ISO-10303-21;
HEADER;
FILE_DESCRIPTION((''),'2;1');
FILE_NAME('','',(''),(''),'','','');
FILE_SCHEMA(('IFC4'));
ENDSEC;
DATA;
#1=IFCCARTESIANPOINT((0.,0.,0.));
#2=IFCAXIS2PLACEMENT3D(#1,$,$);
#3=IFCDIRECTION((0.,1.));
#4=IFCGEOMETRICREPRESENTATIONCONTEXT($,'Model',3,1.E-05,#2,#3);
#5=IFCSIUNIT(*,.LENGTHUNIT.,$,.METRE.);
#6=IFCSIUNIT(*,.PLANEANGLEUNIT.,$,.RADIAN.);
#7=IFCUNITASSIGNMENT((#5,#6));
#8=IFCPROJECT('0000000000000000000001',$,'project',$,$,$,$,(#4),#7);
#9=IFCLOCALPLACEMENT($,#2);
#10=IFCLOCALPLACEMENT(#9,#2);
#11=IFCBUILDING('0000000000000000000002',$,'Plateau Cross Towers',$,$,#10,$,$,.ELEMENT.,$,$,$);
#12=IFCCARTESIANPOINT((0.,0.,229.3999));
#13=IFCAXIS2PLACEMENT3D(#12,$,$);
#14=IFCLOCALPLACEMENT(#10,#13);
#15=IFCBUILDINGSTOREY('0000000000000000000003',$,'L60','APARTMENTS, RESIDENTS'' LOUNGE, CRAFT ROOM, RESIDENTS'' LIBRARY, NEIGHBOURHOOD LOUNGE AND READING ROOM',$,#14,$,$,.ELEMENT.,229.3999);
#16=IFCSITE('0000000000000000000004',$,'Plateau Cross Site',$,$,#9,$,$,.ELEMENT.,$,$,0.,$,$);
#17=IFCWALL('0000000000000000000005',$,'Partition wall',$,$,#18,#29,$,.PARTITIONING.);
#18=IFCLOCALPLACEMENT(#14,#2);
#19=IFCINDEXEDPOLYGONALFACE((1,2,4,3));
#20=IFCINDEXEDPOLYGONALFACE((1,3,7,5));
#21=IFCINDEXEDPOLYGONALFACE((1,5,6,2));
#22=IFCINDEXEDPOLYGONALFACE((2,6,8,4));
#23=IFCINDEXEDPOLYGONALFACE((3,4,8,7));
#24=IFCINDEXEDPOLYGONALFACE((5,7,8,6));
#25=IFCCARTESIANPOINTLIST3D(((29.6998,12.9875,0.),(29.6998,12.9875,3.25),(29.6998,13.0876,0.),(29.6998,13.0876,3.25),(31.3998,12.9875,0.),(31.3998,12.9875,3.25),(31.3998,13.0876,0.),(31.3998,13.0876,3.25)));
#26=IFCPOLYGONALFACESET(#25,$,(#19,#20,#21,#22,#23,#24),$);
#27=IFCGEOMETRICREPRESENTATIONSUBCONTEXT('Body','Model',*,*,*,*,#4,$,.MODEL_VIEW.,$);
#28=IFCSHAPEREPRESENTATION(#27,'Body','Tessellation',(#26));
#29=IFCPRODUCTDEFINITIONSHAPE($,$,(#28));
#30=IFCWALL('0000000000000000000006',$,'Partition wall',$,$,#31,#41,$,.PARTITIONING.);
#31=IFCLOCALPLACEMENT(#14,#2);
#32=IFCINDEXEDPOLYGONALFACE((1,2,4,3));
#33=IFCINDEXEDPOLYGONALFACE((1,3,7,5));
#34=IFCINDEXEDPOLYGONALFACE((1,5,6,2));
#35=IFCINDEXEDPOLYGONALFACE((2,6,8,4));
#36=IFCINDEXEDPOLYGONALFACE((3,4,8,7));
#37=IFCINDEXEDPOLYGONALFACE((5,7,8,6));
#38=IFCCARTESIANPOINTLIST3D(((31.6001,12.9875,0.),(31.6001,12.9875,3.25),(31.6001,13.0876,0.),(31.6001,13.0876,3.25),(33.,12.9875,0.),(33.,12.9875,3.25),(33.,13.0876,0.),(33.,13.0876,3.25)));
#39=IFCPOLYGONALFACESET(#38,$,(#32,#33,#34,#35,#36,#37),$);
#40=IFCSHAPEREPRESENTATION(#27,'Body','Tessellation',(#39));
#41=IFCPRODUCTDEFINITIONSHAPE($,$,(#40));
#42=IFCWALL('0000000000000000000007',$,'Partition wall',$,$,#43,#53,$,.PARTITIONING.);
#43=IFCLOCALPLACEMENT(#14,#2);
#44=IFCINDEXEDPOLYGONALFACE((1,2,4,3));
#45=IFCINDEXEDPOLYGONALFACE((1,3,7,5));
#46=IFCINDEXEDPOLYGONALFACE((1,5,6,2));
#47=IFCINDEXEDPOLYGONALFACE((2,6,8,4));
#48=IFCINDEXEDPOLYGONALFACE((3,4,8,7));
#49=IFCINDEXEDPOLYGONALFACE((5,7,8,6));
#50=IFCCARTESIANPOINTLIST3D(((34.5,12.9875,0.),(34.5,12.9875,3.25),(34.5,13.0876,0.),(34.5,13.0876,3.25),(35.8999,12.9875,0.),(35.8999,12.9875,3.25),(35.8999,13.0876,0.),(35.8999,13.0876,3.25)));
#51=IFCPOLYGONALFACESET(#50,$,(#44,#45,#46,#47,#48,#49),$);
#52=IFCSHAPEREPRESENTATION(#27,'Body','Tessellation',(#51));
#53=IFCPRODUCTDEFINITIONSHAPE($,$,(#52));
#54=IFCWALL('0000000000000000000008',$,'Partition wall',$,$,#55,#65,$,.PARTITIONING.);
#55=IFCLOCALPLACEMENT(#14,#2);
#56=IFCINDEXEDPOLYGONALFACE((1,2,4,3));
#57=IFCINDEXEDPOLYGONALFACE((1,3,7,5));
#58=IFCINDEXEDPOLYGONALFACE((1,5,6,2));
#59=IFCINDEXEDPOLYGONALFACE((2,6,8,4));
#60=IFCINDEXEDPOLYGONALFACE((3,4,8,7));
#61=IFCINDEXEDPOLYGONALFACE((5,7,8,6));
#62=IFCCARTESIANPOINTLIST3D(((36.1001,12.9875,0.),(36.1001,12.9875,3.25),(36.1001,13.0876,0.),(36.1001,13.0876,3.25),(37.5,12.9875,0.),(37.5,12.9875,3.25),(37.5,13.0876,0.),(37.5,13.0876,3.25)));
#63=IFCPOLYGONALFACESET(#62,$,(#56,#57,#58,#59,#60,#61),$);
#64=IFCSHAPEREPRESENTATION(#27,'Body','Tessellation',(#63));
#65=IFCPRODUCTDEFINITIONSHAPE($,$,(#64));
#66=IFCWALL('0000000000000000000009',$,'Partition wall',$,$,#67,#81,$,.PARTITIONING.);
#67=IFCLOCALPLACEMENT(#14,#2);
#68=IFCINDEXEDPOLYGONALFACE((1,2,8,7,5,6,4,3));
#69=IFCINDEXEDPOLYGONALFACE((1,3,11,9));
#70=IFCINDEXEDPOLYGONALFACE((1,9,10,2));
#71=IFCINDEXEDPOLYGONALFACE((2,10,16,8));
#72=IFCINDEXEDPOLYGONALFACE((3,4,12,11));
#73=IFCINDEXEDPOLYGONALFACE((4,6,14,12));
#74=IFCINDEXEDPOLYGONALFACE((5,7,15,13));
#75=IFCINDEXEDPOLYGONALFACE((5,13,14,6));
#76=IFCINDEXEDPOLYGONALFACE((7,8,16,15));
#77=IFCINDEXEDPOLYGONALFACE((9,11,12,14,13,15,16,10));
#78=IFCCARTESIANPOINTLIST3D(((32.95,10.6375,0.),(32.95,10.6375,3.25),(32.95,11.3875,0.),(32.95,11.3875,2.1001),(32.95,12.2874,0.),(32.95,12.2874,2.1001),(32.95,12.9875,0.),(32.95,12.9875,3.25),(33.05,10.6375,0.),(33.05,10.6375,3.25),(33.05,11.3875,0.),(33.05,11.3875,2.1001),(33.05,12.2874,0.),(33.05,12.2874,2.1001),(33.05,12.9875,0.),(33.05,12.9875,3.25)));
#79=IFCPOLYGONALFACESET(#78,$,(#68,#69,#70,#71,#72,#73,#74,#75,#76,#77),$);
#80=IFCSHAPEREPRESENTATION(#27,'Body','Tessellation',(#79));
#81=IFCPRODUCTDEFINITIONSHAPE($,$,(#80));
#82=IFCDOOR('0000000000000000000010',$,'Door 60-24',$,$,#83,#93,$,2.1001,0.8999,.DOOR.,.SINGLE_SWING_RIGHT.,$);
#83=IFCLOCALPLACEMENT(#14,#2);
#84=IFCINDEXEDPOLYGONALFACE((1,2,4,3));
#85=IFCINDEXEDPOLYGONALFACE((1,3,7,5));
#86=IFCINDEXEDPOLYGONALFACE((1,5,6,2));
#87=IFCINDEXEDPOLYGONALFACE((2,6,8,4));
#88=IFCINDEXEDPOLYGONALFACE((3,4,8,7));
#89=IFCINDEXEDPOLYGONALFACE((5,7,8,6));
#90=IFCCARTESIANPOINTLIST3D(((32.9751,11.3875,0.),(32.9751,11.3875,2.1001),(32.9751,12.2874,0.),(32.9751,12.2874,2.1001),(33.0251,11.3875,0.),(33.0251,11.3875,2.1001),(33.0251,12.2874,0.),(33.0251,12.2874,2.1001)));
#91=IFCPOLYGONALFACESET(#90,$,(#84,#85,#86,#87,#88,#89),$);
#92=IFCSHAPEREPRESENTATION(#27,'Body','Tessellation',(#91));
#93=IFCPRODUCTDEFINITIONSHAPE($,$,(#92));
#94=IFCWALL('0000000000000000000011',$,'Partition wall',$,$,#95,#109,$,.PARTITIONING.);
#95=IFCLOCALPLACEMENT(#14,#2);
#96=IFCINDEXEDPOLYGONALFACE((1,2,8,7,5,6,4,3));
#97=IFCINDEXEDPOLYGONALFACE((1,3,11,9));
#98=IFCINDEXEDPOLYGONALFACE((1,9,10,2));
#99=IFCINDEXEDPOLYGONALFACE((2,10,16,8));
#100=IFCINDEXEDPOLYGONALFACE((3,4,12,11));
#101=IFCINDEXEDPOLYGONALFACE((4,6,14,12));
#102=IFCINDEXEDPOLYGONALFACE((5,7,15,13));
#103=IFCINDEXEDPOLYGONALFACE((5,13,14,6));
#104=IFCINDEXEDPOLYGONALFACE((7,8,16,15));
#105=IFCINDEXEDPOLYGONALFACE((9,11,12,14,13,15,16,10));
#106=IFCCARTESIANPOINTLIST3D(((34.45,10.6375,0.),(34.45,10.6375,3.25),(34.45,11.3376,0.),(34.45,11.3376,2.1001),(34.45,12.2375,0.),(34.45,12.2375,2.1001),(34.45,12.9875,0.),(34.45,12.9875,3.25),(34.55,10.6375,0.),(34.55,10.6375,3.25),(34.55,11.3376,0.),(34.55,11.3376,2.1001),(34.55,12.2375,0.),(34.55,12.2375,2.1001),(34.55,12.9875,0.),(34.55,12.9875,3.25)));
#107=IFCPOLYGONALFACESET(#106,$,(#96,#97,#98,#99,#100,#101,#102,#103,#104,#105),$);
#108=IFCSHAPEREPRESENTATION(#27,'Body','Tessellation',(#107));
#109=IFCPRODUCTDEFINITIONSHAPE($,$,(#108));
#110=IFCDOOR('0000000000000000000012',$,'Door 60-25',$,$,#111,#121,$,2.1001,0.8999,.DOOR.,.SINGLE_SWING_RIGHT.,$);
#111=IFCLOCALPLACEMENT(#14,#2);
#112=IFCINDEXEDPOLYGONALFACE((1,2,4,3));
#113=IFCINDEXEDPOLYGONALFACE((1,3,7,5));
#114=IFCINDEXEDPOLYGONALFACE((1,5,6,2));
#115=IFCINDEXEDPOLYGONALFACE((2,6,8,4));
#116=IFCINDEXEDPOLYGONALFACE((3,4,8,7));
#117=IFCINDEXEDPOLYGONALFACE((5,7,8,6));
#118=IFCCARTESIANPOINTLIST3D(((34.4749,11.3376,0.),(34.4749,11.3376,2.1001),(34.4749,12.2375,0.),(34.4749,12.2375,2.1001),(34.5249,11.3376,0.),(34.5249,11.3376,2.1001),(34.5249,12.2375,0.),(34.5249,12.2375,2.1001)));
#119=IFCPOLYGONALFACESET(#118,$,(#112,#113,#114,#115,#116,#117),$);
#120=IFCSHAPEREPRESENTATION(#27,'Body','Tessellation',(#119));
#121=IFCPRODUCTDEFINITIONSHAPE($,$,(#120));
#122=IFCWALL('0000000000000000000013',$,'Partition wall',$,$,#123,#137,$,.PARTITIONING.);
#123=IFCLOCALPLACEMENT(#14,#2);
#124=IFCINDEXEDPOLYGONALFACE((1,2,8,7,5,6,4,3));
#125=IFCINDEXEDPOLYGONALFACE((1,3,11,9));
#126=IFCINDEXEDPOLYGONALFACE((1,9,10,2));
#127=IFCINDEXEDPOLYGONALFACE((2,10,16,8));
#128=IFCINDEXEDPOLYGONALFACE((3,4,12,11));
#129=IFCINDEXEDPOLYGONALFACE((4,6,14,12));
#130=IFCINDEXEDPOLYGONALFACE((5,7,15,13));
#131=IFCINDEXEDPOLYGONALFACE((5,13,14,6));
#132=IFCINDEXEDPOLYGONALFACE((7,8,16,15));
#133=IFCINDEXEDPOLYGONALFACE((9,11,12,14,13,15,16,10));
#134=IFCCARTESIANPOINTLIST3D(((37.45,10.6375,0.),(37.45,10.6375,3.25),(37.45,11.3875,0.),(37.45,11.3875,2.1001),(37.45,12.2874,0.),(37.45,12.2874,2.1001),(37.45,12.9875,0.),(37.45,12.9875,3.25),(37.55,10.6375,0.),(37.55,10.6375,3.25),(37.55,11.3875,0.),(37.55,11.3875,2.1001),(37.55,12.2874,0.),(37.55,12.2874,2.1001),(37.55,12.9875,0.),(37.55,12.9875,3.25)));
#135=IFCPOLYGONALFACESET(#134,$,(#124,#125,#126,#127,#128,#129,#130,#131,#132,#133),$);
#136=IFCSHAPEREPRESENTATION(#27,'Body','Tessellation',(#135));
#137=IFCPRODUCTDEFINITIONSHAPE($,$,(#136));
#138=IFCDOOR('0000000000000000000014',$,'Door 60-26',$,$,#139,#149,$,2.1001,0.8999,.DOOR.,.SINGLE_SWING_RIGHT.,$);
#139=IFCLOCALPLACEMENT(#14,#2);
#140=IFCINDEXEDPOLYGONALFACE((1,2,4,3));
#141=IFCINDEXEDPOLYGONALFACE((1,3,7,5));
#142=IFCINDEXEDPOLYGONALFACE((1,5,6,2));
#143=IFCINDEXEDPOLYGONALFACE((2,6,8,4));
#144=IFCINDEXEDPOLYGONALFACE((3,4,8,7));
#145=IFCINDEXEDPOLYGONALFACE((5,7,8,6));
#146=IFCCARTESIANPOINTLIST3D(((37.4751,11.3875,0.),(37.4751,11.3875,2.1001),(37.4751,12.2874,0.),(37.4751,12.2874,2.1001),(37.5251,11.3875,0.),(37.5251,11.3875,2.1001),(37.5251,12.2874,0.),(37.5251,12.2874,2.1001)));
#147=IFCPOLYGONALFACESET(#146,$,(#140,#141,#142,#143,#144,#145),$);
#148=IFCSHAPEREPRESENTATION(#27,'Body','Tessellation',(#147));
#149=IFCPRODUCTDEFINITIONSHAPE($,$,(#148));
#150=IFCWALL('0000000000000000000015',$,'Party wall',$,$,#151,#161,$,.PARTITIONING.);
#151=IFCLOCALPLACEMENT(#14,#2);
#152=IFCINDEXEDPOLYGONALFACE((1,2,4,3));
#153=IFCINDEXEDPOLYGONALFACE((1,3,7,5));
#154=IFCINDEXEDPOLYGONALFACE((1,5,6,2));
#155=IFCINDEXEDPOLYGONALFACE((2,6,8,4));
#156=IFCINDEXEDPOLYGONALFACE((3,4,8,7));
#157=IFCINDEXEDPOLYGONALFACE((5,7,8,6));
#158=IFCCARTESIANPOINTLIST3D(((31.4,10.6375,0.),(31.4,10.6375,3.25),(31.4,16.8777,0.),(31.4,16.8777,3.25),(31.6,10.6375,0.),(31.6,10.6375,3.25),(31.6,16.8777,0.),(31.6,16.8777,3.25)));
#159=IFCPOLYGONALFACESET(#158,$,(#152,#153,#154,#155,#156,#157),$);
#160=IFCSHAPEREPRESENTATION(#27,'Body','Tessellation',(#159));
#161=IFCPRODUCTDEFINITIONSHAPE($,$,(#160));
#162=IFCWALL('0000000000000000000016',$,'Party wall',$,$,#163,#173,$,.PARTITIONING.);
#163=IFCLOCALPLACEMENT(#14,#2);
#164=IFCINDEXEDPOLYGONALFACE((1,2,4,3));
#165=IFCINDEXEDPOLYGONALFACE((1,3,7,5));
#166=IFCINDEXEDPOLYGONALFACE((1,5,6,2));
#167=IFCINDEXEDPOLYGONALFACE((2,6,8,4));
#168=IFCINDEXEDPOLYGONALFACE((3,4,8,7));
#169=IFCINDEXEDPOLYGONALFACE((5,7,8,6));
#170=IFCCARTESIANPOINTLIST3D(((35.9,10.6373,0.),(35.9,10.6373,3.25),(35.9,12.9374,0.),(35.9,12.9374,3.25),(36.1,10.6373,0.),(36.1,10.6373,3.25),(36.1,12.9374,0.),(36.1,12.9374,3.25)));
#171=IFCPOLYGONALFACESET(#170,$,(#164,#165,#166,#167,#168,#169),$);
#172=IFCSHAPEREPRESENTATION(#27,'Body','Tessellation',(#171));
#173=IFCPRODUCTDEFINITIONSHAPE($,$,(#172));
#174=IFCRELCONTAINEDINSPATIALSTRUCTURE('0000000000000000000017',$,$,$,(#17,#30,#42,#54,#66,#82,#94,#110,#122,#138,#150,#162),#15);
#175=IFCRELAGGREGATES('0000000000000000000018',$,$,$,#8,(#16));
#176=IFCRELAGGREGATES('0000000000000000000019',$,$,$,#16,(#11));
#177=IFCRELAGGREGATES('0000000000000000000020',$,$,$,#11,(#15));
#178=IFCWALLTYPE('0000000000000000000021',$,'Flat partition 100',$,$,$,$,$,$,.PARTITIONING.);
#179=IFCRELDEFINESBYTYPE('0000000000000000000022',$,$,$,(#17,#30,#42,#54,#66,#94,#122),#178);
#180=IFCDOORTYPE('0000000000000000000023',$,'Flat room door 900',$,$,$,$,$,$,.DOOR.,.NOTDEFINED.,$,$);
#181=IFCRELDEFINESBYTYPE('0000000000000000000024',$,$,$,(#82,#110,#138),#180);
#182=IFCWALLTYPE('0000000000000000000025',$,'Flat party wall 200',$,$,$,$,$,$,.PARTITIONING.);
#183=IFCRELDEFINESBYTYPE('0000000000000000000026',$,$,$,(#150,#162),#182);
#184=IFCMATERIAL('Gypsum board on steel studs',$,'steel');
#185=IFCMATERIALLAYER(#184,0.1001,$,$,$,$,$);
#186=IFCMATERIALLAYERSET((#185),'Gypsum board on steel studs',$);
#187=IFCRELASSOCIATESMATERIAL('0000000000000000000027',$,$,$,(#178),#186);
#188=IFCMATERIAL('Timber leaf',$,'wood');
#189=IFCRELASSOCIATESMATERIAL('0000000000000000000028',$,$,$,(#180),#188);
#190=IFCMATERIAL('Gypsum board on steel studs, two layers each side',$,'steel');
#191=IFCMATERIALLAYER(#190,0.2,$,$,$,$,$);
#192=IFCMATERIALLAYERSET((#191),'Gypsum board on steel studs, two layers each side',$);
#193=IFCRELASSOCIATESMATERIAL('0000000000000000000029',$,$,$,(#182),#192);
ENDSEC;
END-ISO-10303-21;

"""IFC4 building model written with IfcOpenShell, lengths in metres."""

from ifc_helpers import new_model, si_unit, direction, frame, frame_2d, origin, place, context, subcontext, project, spatial, rectangle, extrude, material, layer, layer_set, type_object, element, fill, save


model = new_model("IFC4")

# Units and contexts
model_context = context("Model", 3, precision=1e-05, world=origin(), true_north=direction((0.0, 1.0)))
body_context = subcontext(model_context, "Body", "Model", "MODEL_VIEW")
ifc_project = project(units=[si_unit("LENGTHUNIT", "METRE"), si_unit("PLANEANGLEUNIT", "RADIAN")], contexts=[model_context])

# Site, building, storey
site_placement = place(None, origin())
site = spatial("IfcSite", under=ifc_project, at=site_placement, Name="Plateau Cross Site", CompositionType="ELEMENT", RefElevation=0.0)
building_placement = place(site_placement, origin())
building = spatial("IfcBuilding", under=site, at=building_placement, Name="Plateau Cross Towers", CompositionType="ELEMENT")
storey_placement = place(building_placement, frame((0.0, 0.0, 229.3999)))
storey = spatial("IfcBuildingStorey", under=building, at=storey_placement, Name="L60", Description="APARTMENTS, RESIDENTS' LOUNGE, CRAFT ROOM, RESIDENTS' LIBRARY, NEIGHBOURHOOD LOUNGE AND READING ROOM", CompositionType="ELEMENT", Elevation=229.3999)

# Walls
ifc_material_1 = material(Name="Gypsum board on steel studs", Category="steel")
ifc_layer_1 = layer(ifc_material_1, 0.1001)
ifc_layer_set_1 = layer_set([ifc_layer_1], Name="Gypsum board on steel studs")
wall_type_1 = type_object("IfcWallType", Name="Flat partition 100", PredefinedType="PARTITIONING", material=ifc_layer_set_1)
wall_1_placement = place(storey_placement, frame((31.3999, 13.0376, 0.0), z_axis=(0.0, 0.0, 1.0), x_axis=(-1.0, 0.0, 0.0)))
element("IfcWall", 1, at=wall_1_placement, inside=storey, type_object=wall_type_1, Name="Partition wall", PredefinedType="PARTITIONING", context=body_context, shape_type="SweptSolid", body=[
    extrude(rectangle(XDim=1.7, YDim=0.1001, at=frame_2d((0.8501, 0.0))), origin(), (0.0, 0.0, 1.0), 3.25),
])
for number, where, z_axis, x_axis, name in (
    (2, (33.0, 13.0376, 0.0), (0.0, 0.0, 1.0), (-1.0, 0.0, 0.0), "Partition wall"),
    (3, (35.8999, 13.0376, 0.0), (0.0, 0.0, 1.0), (-1.0, 0.0, 0.0), "Partition wall"),
    (4, (37.5, 13.0376, 0.0), (0.0, 0.0, 1.0), (-1.0, 0.0, 0.0), "Partition wall"),
):
    element("IfcWall", number, at=place(storey_placement, frame(where, z_axis=z_axis, x_axis=x_axis)), inside=storey, type_object=wall_type_1, Name=name, PredefinedType="PARTITIONING", context=body_context, shape_type="SweptSolid", body=[
        extrude(rectangle(XDim=1.3999, YDim=0.1001, at=frame_2d((0.7, 0.0))), origin(), (0.0, 0.0, 1.0), 3.25),
    ])

# Walls, openings, doors
wall_2_placement = place(storey_placement, frame((33.0, 10.6375, 0.0), z_axis=(0.0, 0.0, 1.0), x_axis=(0.0, 1.0, 0.0)))
wall_2 = element("IfcWall", 5, at=wall_2_placement, inside=storey, type_object=wall_type_1, Name="Partition wall", PredefinedType="PARTITIONING", context=body_context, shape_type="SweptSolid", body=[
    extrude(rectangle(XDim=2.3501, YDim=0.1001, at=frame_2d((1.175, 0.0))), origin(), (0.0, 0.0, 1.0), 3.25),
])
opening_1_placement = place(wall_2_placement, frame((0.75, 0.0, 0.0)))
opening_1 = element("IfcOpeningElement", 6, at=opening_1_placement, cuts=wall_2, PredefinedType="OPENING", context=body_context, shape_type="SweptSolid", body=[
    extrude(rectangle(XDim=0.8999, YDim=2.1001, at=frame_2d((0.45, 1.05))), frame((0.0, 0.0601, 0.0), z_axis=(0.0, -1.0, 0.0), x_axis=(1.0, 0.0, 0.0)), (0.0, 0.0, 1.0), 0.1201),
])
ifc_material_2 = material(Name="Timber leaf", Category="wood")
door_type = type_object("IfcDoorType", Name="Flat room door 900", OperationType="NOTDEFINED", PredefinedType="DOOR", material=ifc_material_2)
door_1_placement = place(opening_1_placement, origin())
door_1 = element("IfcDoor", 7, at=door_1_placement, inside=storey, type_object=door_type, Name="Door 60-24", OperationType="SINGLE_SWING_RIGHT", OverallHeight=2.1001, OverallWidth=0.8999, PredefinedType="DOOR", context=body_context, shape_type="SweptSolid", body=[
    extrude(rectangle(XDim=0.8999, YDim=2.1001, at=frame_2d((0.45, 1.05))), frame((0.0, 0.0249, 0.0), z_axis=(0.0, -1.0, 0.0), x_axis=(1.0, 0.0, 0.0)), (0.0, 0.0, 1.0), 0.05),
])
fill(opening_1, door_1)
wall_3_placement = place(storey_placement, frame((34.5, 12.9875, 0.0), z_axis=(0.0, 0.0, 1.0), x_axis=(0.0, -1.0, 0.0)))
wall_3 = element("IfcWall", 8, at=wall_3_placement, inside=storey, type_object=wall_type_1, Name="Partition wall", PredefinedType="PARTITIONING", context=body_context, shape_type="SweptSolid", body=[
    extrude(rectangle(XDim=2.3501, YDim=0.1001, at=frame_2d((1.175, 0.0))), origin(), (0.0, 0.0, 1.0), 3.25),
])
opening_2_placement = place(wall_3_placement, frame((0.75, 0.0, 0.0)))
opening_2 = element("IfcOpeningElement", 9, at=opening_2_placement, cuts=wall_3, PredefinedType="OPENING", context=body_context, shape_type="SweptSolid", body=[
    extrude(rectangle(XDim=0.8999, YDim=2.1001, at=frame_2d((0.45, 1.05))), frame((0.0, 0.0601, 0.0), z_axis=(0.0, -1.0, 0.0), x_axis=(1.0, 0.0, 0.0)), (0.0, 0.0, 1.0), 0.1201),
])
door_2_placement = place(opening_2_placement, origin())
door_2 = element("IfcDoor", 10, at=door_2_placement, inside=storey, type_object=door_type, Name="Door 60-25", OperationType="SINGLE_SWING_RIGHT", OverallHeight=2.1001, OverallWidth=0.8999, PredefinedType="DOOR", context=body_context, shape_type="SweptSolid", body=[
    extrude(rectangle(XDim=0.8999, YDim=2.1001, at=frame_2d((0.45, 1.05))), frame((0.0, 0.0249, 0.0), z_axis=(0.0, -1.0, 0.0), x_axis=(1.0, 0.0, 0.0)), (0.0, 0.0, 1.0), 0.05),
])
fill(opening_2, door_2)
wall_4_placement = place(storey_placement, frame((37.5, 10.6375, 0.0), z_axis=(0.0, 0.0, 1.0), x_axis=(0.0, 1.0, 0.0)))
wall_4 = element("IfcWall", 11, at=wall_4_placement, inside=storey, type_object=wall_type_1, Name="Partition wall", PredefinedType="PARTITIONING", context=body_context, shape_type="SweptSolid", body=[
    extrude(rectangle(XDim=2.3501, YDim=0.1001, at=frame_2d((1.175, 0.0))), origin(), (0.0, 0.0, 1.0), 3.25),
])
opening_3_placement = place(wall_4_placement, frame((0.75, 0.0, 0.0)))
opening_3 = element("IfcOpeningElement", 12, at=opening_3_placement, cuts=wall_4, PredefinedType="OPENING", context=body_context, shape_type="SweptSolid", body=[
    extrude(rectangle(XDim=0.8999, YDim=2.1001, at=frame_2d((0.45, 1.05))), frame((0.0, 0.0601, 0.0), z_axis=(0.0, -1.0, 0.0), x_axis=(1.0, 0.0, 0.0)), (0.0, 0.0, 1.0), 0.1201),
])
door_3_placement = place(opening_3_placement, origin())
door_3 = element("IfcDoor", 13, at=door_3_placement, inside=storey, type_object=door_type, Name="Door 60-26", OperationType="SINGLE_SWING_RIGHT", OverallHeight=2.1001, OverallWidth=0.8999, PredefinedType="DOOR", context=body_context, shape_type="SweptSolid", body=[
    extrude(rectangle(XDim=0.8999, YDim=2.1001, at=frame_2d((0.45, 1.05))), frame((0.0, 0.0249, 0.0), z_axis=(0.0, -1.0, 0.0), x_axis=(1.0, 0.0, 0.0)), (0.0, 0.0, 1.0), 0.05),
])
fill(opening_3, door_3)

# Walls
ifc_material_3 = material(Name="Gypsum board on steel studs, two layers each side", Category="steel")
ifc_layer_2 = layer(ifc_material_3, 0.2)
ifc_layer_set_2 = layer_set([ifc_layer_2], Name="Gypsum board on steel studs, two layers each side")
wall_type_2 = type_object("IfcWallType", Name="Flat party wall 200", PredefinedType="PARTITIONING", material=ifc_layer_set_2)
wall_5_placement = place(storey_placement, frame((31.5, 10.6375, 0.0), z_axis=(0.0, 0.0, 1.0), x_axis=(0.0, 1.0, 0.0)))
element("IfcWall", 14, at=wall_5_placement, inside=storey, type_object=wall_type_2, Name="Party wall", PredefinedType="PARTITIONING", context=body_context, shape_type="SweptSolid", body=[
    extrude(rectangle(XDim=6.2402, YDim=0.2, at=frame_2d((3.1201, 0.0))), origin(), (0.0, 0.0, 1.0), 3.25),
])
wall_6_placement = place(storey_placement, frame((36.0, 10.6375, 0.0), z_axis=(0.0, 0.0, 1.0), x_axis=(0.0, 1.0, 0.0)))
element("IfcWall", 15, at=wall_6_placement, inside=storey, type_object=wall_type_2, Name="Party wall", PredefinedType="PARTITIONING", context=body_context, shape_type="SweptSolid", body=[
    extrude(rectangle(XDim=2.3, YDim=0.2, at=frame_2d((1.1499, 0.0))), origin(), (0.0, 0.0, 1.0), 3.25),
])

save(model, "model.ifc")
